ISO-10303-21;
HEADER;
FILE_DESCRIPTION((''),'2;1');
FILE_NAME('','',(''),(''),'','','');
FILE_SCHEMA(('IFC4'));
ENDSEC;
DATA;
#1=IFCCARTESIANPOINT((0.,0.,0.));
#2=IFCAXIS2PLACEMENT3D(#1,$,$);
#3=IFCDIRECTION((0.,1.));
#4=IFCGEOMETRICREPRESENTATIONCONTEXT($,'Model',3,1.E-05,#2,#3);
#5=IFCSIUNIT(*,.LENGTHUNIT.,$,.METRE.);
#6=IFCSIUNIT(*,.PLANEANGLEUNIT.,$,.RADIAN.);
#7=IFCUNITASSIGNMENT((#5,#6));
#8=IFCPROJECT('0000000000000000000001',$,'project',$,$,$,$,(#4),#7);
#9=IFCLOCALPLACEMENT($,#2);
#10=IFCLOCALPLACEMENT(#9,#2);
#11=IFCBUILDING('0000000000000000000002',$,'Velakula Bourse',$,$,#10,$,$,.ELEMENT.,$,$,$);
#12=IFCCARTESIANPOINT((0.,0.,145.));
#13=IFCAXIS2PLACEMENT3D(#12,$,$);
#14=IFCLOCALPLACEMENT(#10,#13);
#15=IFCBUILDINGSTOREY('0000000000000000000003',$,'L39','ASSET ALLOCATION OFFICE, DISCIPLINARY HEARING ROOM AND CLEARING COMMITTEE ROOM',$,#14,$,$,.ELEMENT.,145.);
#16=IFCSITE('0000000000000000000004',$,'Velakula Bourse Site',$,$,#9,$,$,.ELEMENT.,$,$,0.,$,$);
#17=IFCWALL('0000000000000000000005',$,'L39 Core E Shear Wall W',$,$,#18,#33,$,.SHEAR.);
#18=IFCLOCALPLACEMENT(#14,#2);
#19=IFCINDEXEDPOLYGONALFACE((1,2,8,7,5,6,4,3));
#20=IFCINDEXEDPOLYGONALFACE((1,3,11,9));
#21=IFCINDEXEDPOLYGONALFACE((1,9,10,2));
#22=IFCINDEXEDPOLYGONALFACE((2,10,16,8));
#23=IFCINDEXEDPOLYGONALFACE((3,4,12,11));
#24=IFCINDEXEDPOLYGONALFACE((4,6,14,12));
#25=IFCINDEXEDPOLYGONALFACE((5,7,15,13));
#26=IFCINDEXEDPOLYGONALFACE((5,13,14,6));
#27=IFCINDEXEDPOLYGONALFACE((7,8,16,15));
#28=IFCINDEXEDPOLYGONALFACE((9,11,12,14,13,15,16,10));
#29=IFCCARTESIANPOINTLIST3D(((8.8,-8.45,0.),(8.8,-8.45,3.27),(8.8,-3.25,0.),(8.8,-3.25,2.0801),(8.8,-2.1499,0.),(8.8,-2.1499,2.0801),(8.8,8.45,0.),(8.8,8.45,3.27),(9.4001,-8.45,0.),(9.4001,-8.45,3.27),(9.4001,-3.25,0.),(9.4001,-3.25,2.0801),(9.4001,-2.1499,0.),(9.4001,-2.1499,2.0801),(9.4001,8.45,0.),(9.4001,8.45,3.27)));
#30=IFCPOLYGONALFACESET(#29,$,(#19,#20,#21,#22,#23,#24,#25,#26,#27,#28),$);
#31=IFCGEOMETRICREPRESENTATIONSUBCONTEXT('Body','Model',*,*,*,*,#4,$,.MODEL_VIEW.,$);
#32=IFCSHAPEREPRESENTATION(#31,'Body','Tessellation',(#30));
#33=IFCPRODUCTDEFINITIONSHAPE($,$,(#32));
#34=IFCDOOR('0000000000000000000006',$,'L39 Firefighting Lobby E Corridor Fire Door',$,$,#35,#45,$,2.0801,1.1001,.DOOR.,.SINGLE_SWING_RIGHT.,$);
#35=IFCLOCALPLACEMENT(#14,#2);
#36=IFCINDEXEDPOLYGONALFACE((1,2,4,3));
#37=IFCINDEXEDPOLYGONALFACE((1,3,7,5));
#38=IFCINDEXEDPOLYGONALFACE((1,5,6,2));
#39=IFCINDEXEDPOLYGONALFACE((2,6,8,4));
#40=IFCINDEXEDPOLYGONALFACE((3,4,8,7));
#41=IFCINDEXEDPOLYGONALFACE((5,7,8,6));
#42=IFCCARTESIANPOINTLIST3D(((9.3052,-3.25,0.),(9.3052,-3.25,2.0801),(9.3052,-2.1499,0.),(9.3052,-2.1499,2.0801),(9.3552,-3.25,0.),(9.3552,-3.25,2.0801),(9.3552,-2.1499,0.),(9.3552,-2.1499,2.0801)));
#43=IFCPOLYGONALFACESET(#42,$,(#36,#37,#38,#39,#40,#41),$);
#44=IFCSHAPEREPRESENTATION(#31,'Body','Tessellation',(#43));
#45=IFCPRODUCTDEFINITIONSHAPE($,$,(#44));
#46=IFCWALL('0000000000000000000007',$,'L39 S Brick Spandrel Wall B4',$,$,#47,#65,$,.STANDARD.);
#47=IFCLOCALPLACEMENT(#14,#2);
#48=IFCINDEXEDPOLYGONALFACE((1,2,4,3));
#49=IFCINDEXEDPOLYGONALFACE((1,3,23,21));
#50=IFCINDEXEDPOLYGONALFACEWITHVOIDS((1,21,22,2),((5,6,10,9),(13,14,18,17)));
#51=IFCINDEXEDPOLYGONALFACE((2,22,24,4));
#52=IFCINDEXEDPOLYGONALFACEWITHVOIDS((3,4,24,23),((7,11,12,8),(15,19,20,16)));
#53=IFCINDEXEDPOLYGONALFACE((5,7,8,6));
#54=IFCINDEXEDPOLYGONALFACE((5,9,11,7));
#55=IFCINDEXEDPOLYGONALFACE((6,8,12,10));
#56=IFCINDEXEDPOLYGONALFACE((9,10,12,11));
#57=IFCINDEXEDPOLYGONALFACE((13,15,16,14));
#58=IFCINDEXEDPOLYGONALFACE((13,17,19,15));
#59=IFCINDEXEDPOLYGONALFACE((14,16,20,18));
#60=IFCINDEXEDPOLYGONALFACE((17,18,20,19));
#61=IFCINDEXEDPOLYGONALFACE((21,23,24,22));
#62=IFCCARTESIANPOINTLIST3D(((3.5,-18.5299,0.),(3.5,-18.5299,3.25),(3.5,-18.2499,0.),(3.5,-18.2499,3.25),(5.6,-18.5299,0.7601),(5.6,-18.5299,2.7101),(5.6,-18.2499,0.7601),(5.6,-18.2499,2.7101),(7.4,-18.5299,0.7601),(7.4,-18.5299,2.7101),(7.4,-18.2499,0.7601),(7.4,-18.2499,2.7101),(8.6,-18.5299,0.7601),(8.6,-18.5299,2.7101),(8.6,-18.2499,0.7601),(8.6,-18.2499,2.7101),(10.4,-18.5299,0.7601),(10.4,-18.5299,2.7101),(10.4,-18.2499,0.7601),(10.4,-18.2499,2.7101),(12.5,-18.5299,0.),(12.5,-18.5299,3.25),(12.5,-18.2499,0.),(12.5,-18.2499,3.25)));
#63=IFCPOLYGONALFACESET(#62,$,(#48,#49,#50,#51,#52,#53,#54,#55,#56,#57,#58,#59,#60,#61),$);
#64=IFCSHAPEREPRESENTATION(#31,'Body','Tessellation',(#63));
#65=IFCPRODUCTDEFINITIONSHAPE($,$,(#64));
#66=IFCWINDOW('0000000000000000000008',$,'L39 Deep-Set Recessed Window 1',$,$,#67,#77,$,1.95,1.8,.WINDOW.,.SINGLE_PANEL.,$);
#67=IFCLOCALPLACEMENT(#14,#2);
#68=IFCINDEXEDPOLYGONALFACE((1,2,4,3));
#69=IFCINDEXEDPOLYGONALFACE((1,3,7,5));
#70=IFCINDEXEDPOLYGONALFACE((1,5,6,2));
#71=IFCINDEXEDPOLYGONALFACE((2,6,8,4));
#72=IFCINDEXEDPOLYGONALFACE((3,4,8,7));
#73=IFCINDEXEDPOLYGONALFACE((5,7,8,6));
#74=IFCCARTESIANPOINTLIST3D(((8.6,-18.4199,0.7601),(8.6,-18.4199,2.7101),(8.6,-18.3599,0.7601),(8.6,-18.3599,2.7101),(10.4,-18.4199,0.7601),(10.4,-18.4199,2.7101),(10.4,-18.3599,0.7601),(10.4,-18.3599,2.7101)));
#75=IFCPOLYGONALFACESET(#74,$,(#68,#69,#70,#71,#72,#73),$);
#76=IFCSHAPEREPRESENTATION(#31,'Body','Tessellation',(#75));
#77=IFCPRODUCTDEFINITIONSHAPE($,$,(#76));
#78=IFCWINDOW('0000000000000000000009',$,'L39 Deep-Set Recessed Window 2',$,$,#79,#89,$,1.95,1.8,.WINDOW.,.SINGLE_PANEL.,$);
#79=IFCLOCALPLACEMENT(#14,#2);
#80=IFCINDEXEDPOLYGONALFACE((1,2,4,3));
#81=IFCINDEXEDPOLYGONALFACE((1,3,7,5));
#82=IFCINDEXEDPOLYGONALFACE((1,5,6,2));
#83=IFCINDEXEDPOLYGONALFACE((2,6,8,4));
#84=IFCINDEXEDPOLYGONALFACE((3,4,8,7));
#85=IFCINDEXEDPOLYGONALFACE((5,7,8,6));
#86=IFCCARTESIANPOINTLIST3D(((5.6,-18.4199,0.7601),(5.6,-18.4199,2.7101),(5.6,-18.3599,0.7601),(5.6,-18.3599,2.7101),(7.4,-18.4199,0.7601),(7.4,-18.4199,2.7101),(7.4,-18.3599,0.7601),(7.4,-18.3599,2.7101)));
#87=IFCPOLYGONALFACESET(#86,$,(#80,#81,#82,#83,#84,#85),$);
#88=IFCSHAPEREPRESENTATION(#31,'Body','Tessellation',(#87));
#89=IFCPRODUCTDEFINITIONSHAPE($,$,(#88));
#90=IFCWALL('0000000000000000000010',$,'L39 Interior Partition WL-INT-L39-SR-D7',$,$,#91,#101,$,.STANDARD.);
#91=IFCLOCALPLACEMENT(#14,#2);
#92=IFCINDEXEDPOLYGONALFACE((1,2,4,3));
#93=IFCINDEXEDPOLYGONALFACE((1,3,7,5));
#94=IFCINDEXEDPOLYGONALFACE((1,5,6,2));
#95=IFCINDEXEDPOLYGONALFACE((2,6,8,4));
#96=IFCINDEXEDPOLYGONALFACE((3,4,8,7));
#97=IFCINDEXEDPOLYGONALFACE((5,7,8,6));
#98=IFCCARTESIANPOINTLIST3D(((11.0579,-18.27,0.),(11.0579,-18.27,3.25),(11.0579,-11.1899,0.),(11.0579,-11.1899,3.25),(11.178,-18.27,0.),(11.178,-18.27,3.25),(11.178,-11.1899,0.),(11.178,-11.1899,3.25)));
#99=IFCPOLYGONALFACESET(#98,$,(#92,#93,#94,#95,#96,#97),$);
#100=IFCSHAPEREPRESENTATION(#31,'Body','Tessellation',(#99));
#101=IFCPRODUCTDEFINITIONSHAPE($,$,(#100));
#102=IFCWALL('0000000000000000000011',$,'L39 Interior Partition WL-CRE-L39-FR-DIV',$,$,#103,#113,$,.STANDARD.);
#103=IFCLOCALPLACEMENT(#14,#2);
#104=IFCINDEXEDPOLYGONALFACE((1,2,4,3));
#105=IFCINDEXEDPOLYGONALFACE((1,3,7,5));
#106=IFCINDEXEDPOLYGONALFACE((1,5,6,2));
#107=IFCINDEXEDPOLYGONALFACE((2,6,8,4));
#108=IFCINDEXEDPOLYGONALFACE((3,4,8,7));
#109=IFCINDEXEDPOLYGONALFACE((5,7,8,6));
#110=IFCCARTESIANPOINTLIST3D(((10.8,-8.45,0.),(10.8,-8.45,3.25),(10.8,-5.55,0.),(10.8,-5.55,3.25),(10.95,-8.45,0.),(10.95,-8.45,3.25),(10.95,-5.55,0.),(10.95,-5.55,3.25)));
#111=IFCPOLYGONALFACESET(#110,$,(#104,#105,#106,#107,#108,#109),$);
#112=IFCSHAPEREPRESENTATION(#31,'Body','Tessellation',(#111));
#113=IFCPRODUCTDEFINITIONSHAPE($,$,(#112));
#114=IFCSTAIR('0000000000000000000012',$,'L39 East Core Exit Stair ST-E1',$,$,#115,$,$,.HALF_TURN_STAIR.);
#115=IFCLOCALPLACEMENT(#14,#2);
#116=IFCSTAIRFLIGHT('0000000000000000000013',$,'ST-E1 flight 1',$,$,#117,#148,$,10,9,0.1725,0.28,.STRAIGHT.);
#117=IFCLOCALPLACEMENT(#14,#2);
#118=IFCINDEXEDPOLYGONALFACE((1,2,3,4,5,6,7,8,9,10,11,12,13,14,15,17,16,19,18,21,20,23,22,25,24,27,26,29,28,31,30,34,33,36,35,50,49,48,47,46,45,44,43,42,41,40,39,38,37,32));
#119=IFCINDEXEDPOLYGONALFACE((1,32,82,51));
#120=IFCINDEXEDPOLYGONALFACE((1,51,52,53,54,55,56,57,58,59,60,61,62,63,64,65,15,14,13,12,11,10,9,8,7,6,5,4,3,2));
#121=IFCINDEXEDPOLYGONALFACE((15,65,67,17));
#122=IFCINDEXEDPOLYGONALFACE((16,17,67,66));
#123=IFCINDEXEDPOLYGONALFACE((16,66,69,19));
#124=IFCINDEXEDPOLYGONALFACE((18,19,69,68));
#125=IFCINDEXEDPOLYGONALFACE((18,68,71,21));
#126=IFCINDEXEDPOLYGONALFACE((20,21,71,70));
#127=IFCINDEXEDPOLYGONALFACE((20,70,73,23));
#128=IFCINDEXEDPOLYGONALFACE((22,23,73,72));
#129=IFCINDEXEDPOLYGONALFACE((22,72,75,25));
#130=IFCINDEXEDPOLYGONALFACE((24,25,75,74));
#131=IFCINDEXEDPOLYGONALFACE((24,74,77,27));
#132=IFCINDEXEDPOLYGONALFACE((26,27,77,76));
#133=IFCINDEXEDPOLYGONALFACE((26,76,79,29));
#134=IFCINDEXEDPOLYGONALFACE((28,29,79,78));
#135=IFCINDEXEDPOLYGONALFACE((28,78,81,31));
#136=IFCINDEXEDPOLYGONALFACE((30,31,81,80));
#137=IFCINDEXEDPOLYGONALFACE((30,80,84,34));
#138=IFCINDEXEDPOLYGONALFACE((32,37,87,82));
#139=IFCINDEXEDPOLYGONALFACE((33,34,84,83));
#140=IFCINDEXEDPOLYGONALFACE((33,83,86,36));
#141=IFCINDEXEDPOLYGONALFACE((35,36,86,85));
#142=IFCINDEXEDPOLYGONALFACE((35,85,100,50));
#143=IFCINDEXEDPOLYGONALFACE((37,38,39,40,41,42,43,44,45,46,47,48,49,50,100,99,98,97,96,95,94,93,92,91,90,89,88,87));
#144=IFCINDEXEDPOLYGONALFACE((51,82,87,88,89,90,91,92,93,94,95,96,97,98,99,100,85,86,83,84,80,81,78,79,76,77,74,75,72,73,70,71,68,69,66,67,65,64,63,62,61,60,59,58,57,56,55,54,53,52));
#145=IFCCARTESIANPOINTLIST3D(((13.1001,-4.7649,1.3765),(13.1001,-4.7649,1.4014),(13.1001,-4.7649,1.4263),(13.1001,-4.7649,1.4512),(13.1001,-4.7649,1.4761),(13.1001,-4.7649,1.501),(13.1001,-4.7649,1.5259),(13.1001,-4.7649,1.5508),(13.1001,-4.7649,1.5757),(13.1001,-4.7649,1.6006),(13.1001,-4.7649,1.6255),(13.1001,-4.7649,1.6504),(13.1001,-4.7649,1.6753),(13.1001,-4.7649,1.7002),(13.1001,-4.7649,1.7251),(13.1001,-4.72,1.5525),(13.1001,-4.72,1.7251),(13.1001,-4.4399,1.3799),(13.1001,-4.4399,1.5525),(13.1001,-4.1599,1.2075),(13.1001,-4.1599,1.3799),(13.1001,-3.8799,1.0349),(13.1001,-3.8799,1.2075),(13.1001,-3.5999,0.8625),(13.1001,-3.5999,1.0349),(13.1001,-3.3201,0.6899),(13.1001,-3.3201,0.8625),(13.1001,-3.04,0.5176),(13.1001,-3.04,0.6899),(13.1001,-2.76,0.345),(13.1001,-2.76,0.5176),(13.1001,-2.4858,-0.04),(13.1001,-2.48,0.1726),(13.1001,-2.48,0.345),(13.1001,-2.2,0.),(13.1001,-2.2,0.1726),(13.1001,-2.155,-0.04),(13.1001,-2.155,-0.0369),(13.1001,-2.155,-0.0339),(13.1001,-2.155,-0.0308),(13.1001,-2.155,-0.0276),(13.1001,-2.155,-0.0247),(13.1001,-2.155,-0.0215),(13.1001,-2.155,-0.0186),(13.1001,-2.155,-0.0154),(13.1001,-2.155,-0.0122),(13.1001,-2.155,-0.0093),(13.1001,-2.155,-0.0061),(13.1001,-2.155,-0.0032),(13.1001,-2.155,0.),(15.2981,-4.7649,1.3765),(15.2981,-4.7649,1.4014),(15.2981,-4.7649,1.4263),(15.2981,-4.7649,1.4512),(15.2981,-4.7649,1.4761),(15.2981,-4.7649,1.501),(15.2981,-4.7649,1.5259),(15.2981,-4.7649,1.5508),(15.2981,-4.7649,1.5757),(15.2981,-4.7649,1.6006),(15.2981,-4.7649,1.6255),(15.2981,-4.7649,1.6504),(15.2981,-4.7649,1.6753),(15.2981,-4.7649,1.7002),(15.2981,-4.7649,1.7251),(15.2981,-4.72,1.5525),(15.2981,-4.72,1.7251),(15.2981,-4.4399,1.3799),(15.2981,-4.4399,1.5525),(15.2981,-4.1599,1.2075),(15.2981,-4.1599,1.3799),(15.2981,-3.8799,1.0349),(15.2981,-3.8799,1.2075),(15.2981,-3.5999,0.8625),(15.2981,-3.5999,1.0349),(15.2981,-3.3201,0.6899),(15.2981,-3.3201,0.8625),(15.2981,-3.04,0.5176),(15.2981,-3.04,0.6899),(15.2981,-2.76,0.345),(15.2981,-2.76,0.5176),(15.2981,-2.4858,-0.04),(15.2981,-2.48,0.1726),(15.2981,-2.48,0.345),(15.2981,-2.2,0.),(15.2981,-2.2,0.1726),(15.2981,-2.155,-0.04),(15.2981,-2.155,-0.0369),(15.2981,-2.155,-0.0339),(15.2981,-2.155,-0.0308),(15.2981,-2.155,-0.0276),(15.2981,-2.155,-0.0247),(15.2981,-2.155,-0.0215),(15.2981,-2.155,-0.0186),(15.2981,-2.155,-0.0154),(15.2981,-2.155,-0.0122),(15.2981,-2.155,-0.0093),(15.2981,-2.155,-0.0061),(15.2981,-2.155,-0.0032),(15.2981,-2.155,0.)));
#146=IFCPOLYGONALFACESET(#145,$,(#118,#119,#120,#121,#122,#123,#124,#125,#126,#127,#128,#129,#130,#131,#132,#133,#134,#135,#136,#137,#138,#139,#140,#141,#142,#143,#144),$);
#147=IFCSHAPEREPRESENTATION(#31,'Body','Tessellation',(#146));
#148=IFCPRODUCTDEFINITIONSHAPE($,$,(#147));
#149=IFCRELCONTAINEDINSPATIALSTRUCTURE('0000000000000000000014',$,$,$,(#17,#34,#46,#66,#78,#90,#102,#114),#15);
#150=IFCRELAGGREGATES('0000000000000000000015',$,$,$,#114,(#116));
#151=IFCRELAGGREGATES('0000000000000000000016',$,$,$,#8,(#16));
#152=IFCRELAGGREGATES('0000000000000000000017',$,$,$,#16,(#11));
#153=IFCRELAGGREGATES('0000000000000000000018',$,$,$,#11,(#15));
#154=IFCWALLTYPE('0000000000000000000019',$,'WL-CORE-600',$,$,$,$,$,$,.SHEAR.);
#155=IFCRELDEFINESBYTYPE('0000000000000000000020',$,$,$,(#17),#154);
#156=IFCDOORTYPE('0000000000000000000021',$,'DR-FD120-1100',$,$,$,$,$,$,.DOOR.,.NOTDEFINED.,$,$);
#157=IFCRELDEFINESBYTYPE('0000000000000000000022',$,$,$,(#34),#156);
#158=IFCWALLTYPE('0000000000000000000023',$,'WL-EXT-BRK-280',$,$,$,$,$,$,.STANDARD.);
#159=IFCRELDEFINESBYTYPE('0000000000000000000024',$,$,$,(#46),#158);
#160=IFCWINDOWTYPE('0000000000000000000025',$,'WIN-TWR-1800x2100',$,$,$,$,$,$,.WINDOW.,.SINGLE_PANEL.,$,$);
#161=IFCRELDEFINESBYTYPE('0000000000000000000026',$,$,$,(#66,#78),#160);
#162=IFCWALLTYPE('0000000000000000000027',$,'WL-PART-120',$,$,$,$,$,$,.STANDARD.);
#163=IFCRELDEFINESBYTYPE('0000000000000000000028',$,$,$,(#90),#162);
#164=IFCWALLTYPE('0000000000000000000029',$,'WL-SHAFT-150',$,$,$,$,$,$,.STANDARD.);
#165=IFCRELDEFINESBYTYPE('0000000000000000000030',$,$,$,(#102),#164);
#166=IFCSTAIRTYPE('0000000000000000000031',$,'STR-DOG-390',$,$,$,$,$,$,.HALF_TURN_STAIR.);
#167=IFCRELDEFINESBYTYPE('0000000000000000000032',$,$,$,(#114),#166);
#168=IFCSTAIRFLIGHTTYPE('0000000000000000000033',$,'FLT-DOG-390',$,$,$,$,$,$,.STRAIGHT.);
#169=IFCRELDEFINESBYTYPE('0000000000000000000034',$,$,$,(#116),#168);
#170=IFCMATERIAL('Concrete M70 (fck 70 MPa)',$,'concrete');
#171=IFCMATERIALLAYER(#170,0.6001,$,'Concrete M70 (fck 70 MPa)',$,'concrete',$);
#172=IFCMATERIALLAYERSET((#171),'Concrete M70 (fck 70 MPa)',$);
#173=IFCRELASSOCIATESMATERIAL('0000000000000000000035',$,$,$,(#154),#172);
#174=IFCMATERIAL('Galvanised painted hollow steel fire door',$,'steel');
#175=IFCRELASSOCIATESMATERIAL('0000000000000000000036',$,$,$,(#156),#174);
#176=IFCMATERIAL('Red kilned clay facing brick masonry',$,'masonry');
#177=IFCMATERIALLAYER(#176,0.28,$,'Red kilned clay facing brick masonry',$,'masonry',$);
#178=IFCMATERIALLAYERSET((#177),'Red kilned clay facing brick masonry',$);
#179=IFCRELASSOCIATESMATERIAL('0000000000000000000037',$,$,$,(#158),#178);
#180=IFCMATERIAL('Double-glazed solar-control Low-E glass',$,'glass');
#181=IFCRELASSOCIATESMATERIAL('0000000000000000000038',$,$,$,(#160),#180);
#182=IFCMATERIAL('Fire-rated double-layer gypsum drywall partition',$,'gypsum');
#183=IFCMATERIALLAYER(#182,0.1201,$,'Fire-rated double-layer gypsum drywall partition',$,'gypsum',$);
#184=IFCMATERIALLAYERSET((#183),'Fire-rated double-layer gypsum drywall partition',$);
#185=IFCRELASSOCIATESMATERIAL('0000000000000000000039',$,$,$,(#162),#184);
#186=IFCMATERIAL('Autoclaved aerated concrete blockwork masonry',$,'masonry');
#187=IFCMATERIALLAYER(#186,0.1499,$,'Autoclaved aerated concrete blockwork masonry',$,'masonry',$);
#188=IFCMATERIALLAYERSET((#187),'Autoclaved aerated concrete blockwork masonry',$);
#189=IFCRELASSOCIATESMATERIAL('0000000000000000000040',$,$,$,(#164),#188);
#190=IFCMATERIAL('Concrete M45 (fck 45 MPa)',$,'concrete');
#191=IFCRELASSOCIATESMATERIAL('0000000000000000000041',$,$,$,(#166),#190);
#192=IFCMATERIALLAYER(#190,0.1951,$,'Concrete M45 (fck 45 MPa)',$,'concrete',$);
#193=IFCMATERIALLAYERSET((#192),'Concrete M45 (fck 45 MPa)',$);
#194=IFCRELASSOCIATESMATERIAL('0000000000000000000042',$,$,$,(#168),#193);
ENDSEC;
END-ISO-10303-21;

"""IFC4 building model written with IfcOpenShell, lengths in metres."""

from ifc_helpers import new_model, si_unit, direction, frame, frame_2d, origin, place, context, subcontext, project, spatial, polyline, rectangle, outline, extrude, material, layer, layer_set, type_object, element, fill, aggregate, save


model = new_model("IFC4")

# Units and contexts
model_context = context("Model", 3, precision=1e-05, world=origin(), true_north=direction((0.0, 1.0)))
body_context = subcontext(model_context, "Body", "Model", "MODEL_VIEW")
ifc_project = project(units=[si_unit("LENGTHUNIT", "METRE"), si_unit("PLANEANGLEUNIT", "RADIAN")], contexts=[model_context])

# Site, building, storey
site_placement = place(None, origin())
site = spatial("IfcSite", under=ifc_project, at=site_placement, Name="Velakula Bourse Site", CompositionType="ELEMENT", RefElevation=0.0)
building_placement = place(site_placement, origin())
building = spatial("IfcBuilding", under=site, at=building_placement, Name="Velakula Bourse", CompositionType="ELEMENT")
storey_placement = place(building_placement, frame((0.0, 0.0, 145.0)))
storey = spatial("IfcBuildingStorey", under=building, at=storey_placement, Name="L39", Description="ASSET ALLOCATION OFFICE, DISCIPLINARY HEARING ROOM AND CLEARING COMMITTEE ROOM", CompositionType="ELEMENT", Elevation=145.0)

# Shared definitions
ifc_material_1 = material(Name="Galvanised painted hollow steel fire door", Category="steel")

# Wall, opening, door
ifc_material_2 = material(Name="Concrete M70 (fck 70 MPa)", Category="concrete")
ifc_layer_1 = layer(ifc_material_2, 0.6001, Name="Concrete M70 (fck 70 MPa)", Category="concrete")
ifc_layer_set_1 = layer_set([ifc_layer_1], Name="Concrete M70 (fck 70 MPa)")
wall_type_1 = type_object("IfcWallType", Name="WL-CORE-600", PredefinedType="SHEAR", material=ifc_layer_set_1)
wall_1_placement = place(storey_placement, frame((9.1001, -8.45, 0.0), z_axis=(0.0, 0.0, 1.0), x_axis=(0.0, 1.0, 0.0)))
wall_1 = element("IfcWall", 1, at=wall_1_placement, inside=storey, type_object=wall_type_1, Name="L39 Core E Shear Wall W", PredefinedType="SHEAR", context=body_context, shape_type="SweptSolid", body=[
    extrude(rectangle(XDim=16.8999, YDim=0.6001, at=frame_2d((8.45, 0.0))), origin(), (0.0, 0.0, 1.0), 3.27),
])
opening_1_placement = place(wall_1_placement, frame((5.2, 0.0, 0.0)))
opening_1 = element("IfcOpeningElement", 2, at=opening_1_placement, cuts=wall_1, PredefinedType="OPENING", context=body_context, shape_type="SweptSolid", body=[
    extrude(rectangle(XDim=1.1001, YDim=2.0801, at=frame_2d((0.55, 1.04))), frame((0.0, 0.3101, 0.0), z_axis=(0.0, -1.0, 0.0), x_axis=(1.0, 0.0, 0.0)), (0.0, 0.0, 1.0), 0.6201),
])
door_type_1 = type_object("IfcDoorType", Name="DR-FD120-1100", OperationType="NOTDEFINED", PredefinedType="DOOR", material=ifc_material_1)
door_1_placement = place(opening_1_placement, origin())
door_1 = element("IfcDoor", 3, at=door_1_placement, inside=storey, type_object=door_type_1, Name="L39 Firefighting Lobby E Corridor Fire Door", OperationType="SINGLE_SWING_RIGHT", OverallHeight=2.0801, OverallWidth=1.1001, PredefinedType="DOOR", context=body_context, shape_type="SweptSolid", body=[
    extrude(rectangle(XDim=1.1001, YDim=2.0801, at=frame_2d((0.55, 1.04))), frame((0.0, -0.2051, 0.0), z_axis=(0.0, -1.0, 0.0), x_axis=(1.0, 0.0, 0.0)), (0.0, 0.0, 1.0), 0.05),
])
fill(opening_1, door_1)

# Wall, openings, windows
ifc_material_3 = material(Name="Red kilned clay facing brick masonry", Category="masonry")
ifc_layer_2 = layer(ifc_material_3, 0.28, Name="Red kilned clay facing brick masonry", Category="masonry")
ifc_layer_set_2 = layer_set([ifc_layer_2], Name="Red kilned clay facing brick masonry")
wall_type_2 = type_object("IfcWallType", Name="WL-EXT-BRK-280", PredefinedType="STANDARD", material=ifc_layer_set_2)
wall_2_placement = place(storey_placement, frame((12.5, -18.3899, 0.0), z_axis=(0.0, 0.0, 1.0), x_axis=(-1.0, 0.0, 0.0)))
wall_2 = element("IfcWall", 4, at=wall_2_placement, inside=storey, type_object=wall_type_2, Name="L39 S Brick Spandrel Wall B4", PredefinedType="STANDARD", context=body_context, shape_type="SweptSolid", body=[
    extrude(rectangle(XDim=9.0, YDim=0.28, at=frame_2d((4.5, 0.0))), origin(), (0.0, 0.0, 1.0), 3.25),
])
opening_2_placement = place(wall_2_placement, frame((2.1001, 0.0, 0.76)))
opening_2 = element("IfcOpeningElement", 5, at=opening_2_placement, cuts=wall_2, PredefinedType="OPENING", context=body_context, shape_type="SweptSolid", body=[
    extrude(rectangle(XDim=1.8, YDim=1.95, at=frame_2d((0.8999, 0.9751))), frame((0.0, 0.1499, 0.0), z_axis=(0.0, -1.0, 0.0), x_axis=(1.0, 0.0, 0.0)), (0.0, 0.0, 1.0), 0.3),
])
opening_3_placement = place(wall_2_placement, frame((5.1001, 0.0, 0.76)))
opening_3 = element("IfcOpeningElement", 6, at=opening_3_placement, cuts=wall_2, PredefinedType="OPENING", context=body_context, shape_type="SweptSolid", body=[
    extrude(rectangle(XDim=1.8, YDim=1.95, at=frame_2d((0.8999, 0.9751))), frame((0.0, 0.1499, 0.0), z_axis=(0.0, -1.0, 0.0), x_axis=(1.0, 0.0, 0.0)), (0.0, 0.0, 1.0), 0.3),
])
ifc_material_4 = material(Name="Double-glazed solar-control Low-E glass", Category="glass")
window_type = type_object("IfcWindowType", Name="WIN-TWR-1800x2100", PartitioningType="SINGLE_PANEL", PredefinedType="WINDOW", material=ifc_material_4)
window_1_placement = place(opening_2_placement, origin())
window_1 = element("IfcWindow", 7, at=window_1_placement, inside=storey, type_object=window_type, Name="L39 Deep-Set Recessed Window 1", OverallHeight=1.95, OverallWidth=1.8, PartitioningType="SINGLE_PANEL", PredefinedType="WINDOW", context=body_context, shape_type="SweptSolid", body=[
    extrude(rectangle(XDim=1.8, YDim=1.95, at=frame_2d((0.8999, 0.9751))), frame((0.0, 0.03, 0.0), z_axis=(0.0, -1.0, 0.0), x_axis=(1.0, 0.0, 0.0)), (0.0, 0.0, 1.0), 0.0601),
])
fill(opening_2, window_1)
window_2_placement = place(opening_3_placement, origin())
window_2 = element("IfcWindow", 8, at=window_2_placement, inside=storey, type_object=window_type, Name="L39 Deep-Set Recessed Window 2", OverallHeight=1.95, OverallWidth=1.8, PartitioningType="SINGLE_PANEL", PredefinedType="WINDOW", context=body_context, shape_type="SweptSolid", body=[
    extrude(rectangle(XDim=1.8, YDim=1.95, at=frame_2d((0.8999, 0.9751))), frame((0.0, 0.03, 0.0), z_axis=(0.0, -1.0, 0.0), x_axis=(1.0, 0.0, 0.0)), (0.0, 0.0, 1.0), 0.0601),
])
fill(opening_3, window_2)

# Wall
ifc_material_5 = material(Name="Fire-rated double-layer gypsum drywall partition", Category="gypsum")
ifc_layer_3 = layer(ifc_material_5, 0.1201, Name="Fire-rated double-layer gypsum drywall partition", Category="gypsum")
ifc_layer_set_3 = layer_set([ifc_layer_3], Name="Fire-rated double-layer gypsum drywall partition")
wall_type_3 = type_object("IfcWallType", Name="WL-PART-120", PredefinedType="STANDARD", material=ifc_layer_set_3)
wall_3_placement = place(storey_placement, frame((11.1179, -18.27, 0.0), z_axis=(0.0, 0.0, 1.0), x_axis=(0.0, 1.0, 0.0)))
element("IfcWall", 9, at=wall_3_placement, inside=storey, type_object=wall_type_3, Name="L39 Interior Partition WL-INT-L39-SR-D7", PredefinedType="STANDARD", context=body_context, shape_type="SweptSolid", body=[
    extrude(rectangle(XDim=7.0801, YDim=0.1201, at=frame_2d((3.54, 0.0))), origin(), (0.0, 0.0, 1.0), 3.25),
])

# Shared definitions
ifc_material_6 = material(Name="Autoclaved aerated concrete blockwork masonry", Category="masonry")
ifc_layer_4 = layer(ifc_material_6, 0.1499, Name="Autoclaved aerated concrete blockwork masonry", Category="masonry")
ifc_layer_set_4 = layer_set([ifc_layer_4], Name="Autoclaved aerated concrete blockwork masonry")
wall_type_4 = type_object("IfcWallType", Name="WL-SHAFT-150", PredefinedType="STANDARD", material=ifc_layer_set_4)

# Wall
wall_4_placement = place(storey_placement, frame((10.875, -8.45, 0.0), z_axis=(0.0, 0.0, 1.0), x_axis=(0.0, 1.0, 0.0)))
element("IfcWall", 10, at=wall_4_placement, inside=storey, type_object=wall_type_4, Name="L39 Interior Partition WL-CRE-L39-FR-DIV", PredefinedType="STANDARD", context=body_context, shape_type="SweptSolid", body=[
    extrude(rectangle(XDim=2.8999, YDim=0.1499, at=frame_2d((1.45, 0.0))), origin(), (0.0, 0.0, 1.0), 3.25),
])

# Stair, stair flight
ifc_material_7 = material(Name="Concrete M45 (fck 45 MPa)", Category="concrete")
stair_type = type_object("IfcStairType", Name="STR-DOG-390", PredefinedType="HALF_TURN_STAIR", material=ifc_material_7)
stair_placement = place(storey_placement, origin())
stair = element("IfcStair", 11, at=stair_placement, inside=storey, type_object=stair_type, Name="L39 East Core Exit Stair ST-E1", PredefinedType="HALF_TURN_STAIR")
ifc_layer_5 = layer(ifc_material_7, 0.1951, Name="Concrete M45 (fck 45 MPa)", Category="concrete")
ifc_layer_set_5 = layer_set([ifc_layer_5], Name="Concrete M45 (fck 45 MPa)")
stair_flight_type = type_object("IfcStairFlightType", Name="FLT-DOG-390", PredefinedType="STRAIGHT", material=ifc_layer_set_5)
stair_flight_1_placement = place(storey_placement, frame((14.199, -2.2, 0.0), z_axis=(0.0, 0.0, 1.0), x_axis=(0.0, -1.0, 0.0)))
stair_flight_1 = element("IfcStairFlight", 12, at=stair_flight_1_placement, type_object=stair_flight_type, Name="ST-E1 flight 1", NumberOfRisers=10, NumberOfTreads=9, PredefinedType="STRAIGHT", RiserHeight=0.1725, TreadLength=0.28, context=body_context, shape_type="SweptSolid", body=[
    extrude(outline(polyline([(-0.0449, -0.04), (-0.0449, -0.0369), (-0.0449, -0.0339), (-0.0449, -0.0308), (-0.0449, -0.0276), (-0.0449, -0.0247), (-0.0449, -0.0215), (-0.0449, -0.0186), (-0.0449, -0.0154), (-0.0449, -0.0122), (-0.0449, -0.0093), (-0.0449, -0.0061), (-0.0449, -0.0032), (-0.0449, 0.0), (0.0, 0.0), (0.0, 0.1726), (0.28, 0.1726), (0.28, 0.345), (0.5601, 0.345), (0.5601, 0.5176), (0.8401, 0.5176), (0.8401, 0.6899), (1.1201, 0.6899), (1.1201, 0.8625), (1.3999, 0.8625), (1.3999, 1.0349), (1.6799, 1.0349), (1.6799, 1.2075), (1.96, 1.2075), (1.96, 1.3799), (2.24, 1.3799), (2.24, 1.5525), (2.52, 1.5525), (2.52, 1.7251), (2.5649, 1.7251), (2.5649, 1.7002), (2.5649, 1.6753), (2.5649, 1.6504), (2.5649, 1.6255), (2.5649, 1.6006), (2.5649, 1.5757), (2.5649, 1.5508), (2.5649, 1.5259), (2.5649, 1.501), (2.5649, 1.4761), (2.5649, 1.4512), (2.5649, 1.4263), (2.5649, 1.4014), (2.5649, 1.3765), (0.2859, -0.04), (-0.0449, -0.04)])), frame((0.0, 1.0991, 0.0), z_axis=(0.0, -1.0, 0.0), x_axis=(1.0, 0.0, 0.0)), (0.0, 0.0, 1.0), 2.198),
])
aggregate(stair, [stair_flight_1])

save(model, "model.ifc")
